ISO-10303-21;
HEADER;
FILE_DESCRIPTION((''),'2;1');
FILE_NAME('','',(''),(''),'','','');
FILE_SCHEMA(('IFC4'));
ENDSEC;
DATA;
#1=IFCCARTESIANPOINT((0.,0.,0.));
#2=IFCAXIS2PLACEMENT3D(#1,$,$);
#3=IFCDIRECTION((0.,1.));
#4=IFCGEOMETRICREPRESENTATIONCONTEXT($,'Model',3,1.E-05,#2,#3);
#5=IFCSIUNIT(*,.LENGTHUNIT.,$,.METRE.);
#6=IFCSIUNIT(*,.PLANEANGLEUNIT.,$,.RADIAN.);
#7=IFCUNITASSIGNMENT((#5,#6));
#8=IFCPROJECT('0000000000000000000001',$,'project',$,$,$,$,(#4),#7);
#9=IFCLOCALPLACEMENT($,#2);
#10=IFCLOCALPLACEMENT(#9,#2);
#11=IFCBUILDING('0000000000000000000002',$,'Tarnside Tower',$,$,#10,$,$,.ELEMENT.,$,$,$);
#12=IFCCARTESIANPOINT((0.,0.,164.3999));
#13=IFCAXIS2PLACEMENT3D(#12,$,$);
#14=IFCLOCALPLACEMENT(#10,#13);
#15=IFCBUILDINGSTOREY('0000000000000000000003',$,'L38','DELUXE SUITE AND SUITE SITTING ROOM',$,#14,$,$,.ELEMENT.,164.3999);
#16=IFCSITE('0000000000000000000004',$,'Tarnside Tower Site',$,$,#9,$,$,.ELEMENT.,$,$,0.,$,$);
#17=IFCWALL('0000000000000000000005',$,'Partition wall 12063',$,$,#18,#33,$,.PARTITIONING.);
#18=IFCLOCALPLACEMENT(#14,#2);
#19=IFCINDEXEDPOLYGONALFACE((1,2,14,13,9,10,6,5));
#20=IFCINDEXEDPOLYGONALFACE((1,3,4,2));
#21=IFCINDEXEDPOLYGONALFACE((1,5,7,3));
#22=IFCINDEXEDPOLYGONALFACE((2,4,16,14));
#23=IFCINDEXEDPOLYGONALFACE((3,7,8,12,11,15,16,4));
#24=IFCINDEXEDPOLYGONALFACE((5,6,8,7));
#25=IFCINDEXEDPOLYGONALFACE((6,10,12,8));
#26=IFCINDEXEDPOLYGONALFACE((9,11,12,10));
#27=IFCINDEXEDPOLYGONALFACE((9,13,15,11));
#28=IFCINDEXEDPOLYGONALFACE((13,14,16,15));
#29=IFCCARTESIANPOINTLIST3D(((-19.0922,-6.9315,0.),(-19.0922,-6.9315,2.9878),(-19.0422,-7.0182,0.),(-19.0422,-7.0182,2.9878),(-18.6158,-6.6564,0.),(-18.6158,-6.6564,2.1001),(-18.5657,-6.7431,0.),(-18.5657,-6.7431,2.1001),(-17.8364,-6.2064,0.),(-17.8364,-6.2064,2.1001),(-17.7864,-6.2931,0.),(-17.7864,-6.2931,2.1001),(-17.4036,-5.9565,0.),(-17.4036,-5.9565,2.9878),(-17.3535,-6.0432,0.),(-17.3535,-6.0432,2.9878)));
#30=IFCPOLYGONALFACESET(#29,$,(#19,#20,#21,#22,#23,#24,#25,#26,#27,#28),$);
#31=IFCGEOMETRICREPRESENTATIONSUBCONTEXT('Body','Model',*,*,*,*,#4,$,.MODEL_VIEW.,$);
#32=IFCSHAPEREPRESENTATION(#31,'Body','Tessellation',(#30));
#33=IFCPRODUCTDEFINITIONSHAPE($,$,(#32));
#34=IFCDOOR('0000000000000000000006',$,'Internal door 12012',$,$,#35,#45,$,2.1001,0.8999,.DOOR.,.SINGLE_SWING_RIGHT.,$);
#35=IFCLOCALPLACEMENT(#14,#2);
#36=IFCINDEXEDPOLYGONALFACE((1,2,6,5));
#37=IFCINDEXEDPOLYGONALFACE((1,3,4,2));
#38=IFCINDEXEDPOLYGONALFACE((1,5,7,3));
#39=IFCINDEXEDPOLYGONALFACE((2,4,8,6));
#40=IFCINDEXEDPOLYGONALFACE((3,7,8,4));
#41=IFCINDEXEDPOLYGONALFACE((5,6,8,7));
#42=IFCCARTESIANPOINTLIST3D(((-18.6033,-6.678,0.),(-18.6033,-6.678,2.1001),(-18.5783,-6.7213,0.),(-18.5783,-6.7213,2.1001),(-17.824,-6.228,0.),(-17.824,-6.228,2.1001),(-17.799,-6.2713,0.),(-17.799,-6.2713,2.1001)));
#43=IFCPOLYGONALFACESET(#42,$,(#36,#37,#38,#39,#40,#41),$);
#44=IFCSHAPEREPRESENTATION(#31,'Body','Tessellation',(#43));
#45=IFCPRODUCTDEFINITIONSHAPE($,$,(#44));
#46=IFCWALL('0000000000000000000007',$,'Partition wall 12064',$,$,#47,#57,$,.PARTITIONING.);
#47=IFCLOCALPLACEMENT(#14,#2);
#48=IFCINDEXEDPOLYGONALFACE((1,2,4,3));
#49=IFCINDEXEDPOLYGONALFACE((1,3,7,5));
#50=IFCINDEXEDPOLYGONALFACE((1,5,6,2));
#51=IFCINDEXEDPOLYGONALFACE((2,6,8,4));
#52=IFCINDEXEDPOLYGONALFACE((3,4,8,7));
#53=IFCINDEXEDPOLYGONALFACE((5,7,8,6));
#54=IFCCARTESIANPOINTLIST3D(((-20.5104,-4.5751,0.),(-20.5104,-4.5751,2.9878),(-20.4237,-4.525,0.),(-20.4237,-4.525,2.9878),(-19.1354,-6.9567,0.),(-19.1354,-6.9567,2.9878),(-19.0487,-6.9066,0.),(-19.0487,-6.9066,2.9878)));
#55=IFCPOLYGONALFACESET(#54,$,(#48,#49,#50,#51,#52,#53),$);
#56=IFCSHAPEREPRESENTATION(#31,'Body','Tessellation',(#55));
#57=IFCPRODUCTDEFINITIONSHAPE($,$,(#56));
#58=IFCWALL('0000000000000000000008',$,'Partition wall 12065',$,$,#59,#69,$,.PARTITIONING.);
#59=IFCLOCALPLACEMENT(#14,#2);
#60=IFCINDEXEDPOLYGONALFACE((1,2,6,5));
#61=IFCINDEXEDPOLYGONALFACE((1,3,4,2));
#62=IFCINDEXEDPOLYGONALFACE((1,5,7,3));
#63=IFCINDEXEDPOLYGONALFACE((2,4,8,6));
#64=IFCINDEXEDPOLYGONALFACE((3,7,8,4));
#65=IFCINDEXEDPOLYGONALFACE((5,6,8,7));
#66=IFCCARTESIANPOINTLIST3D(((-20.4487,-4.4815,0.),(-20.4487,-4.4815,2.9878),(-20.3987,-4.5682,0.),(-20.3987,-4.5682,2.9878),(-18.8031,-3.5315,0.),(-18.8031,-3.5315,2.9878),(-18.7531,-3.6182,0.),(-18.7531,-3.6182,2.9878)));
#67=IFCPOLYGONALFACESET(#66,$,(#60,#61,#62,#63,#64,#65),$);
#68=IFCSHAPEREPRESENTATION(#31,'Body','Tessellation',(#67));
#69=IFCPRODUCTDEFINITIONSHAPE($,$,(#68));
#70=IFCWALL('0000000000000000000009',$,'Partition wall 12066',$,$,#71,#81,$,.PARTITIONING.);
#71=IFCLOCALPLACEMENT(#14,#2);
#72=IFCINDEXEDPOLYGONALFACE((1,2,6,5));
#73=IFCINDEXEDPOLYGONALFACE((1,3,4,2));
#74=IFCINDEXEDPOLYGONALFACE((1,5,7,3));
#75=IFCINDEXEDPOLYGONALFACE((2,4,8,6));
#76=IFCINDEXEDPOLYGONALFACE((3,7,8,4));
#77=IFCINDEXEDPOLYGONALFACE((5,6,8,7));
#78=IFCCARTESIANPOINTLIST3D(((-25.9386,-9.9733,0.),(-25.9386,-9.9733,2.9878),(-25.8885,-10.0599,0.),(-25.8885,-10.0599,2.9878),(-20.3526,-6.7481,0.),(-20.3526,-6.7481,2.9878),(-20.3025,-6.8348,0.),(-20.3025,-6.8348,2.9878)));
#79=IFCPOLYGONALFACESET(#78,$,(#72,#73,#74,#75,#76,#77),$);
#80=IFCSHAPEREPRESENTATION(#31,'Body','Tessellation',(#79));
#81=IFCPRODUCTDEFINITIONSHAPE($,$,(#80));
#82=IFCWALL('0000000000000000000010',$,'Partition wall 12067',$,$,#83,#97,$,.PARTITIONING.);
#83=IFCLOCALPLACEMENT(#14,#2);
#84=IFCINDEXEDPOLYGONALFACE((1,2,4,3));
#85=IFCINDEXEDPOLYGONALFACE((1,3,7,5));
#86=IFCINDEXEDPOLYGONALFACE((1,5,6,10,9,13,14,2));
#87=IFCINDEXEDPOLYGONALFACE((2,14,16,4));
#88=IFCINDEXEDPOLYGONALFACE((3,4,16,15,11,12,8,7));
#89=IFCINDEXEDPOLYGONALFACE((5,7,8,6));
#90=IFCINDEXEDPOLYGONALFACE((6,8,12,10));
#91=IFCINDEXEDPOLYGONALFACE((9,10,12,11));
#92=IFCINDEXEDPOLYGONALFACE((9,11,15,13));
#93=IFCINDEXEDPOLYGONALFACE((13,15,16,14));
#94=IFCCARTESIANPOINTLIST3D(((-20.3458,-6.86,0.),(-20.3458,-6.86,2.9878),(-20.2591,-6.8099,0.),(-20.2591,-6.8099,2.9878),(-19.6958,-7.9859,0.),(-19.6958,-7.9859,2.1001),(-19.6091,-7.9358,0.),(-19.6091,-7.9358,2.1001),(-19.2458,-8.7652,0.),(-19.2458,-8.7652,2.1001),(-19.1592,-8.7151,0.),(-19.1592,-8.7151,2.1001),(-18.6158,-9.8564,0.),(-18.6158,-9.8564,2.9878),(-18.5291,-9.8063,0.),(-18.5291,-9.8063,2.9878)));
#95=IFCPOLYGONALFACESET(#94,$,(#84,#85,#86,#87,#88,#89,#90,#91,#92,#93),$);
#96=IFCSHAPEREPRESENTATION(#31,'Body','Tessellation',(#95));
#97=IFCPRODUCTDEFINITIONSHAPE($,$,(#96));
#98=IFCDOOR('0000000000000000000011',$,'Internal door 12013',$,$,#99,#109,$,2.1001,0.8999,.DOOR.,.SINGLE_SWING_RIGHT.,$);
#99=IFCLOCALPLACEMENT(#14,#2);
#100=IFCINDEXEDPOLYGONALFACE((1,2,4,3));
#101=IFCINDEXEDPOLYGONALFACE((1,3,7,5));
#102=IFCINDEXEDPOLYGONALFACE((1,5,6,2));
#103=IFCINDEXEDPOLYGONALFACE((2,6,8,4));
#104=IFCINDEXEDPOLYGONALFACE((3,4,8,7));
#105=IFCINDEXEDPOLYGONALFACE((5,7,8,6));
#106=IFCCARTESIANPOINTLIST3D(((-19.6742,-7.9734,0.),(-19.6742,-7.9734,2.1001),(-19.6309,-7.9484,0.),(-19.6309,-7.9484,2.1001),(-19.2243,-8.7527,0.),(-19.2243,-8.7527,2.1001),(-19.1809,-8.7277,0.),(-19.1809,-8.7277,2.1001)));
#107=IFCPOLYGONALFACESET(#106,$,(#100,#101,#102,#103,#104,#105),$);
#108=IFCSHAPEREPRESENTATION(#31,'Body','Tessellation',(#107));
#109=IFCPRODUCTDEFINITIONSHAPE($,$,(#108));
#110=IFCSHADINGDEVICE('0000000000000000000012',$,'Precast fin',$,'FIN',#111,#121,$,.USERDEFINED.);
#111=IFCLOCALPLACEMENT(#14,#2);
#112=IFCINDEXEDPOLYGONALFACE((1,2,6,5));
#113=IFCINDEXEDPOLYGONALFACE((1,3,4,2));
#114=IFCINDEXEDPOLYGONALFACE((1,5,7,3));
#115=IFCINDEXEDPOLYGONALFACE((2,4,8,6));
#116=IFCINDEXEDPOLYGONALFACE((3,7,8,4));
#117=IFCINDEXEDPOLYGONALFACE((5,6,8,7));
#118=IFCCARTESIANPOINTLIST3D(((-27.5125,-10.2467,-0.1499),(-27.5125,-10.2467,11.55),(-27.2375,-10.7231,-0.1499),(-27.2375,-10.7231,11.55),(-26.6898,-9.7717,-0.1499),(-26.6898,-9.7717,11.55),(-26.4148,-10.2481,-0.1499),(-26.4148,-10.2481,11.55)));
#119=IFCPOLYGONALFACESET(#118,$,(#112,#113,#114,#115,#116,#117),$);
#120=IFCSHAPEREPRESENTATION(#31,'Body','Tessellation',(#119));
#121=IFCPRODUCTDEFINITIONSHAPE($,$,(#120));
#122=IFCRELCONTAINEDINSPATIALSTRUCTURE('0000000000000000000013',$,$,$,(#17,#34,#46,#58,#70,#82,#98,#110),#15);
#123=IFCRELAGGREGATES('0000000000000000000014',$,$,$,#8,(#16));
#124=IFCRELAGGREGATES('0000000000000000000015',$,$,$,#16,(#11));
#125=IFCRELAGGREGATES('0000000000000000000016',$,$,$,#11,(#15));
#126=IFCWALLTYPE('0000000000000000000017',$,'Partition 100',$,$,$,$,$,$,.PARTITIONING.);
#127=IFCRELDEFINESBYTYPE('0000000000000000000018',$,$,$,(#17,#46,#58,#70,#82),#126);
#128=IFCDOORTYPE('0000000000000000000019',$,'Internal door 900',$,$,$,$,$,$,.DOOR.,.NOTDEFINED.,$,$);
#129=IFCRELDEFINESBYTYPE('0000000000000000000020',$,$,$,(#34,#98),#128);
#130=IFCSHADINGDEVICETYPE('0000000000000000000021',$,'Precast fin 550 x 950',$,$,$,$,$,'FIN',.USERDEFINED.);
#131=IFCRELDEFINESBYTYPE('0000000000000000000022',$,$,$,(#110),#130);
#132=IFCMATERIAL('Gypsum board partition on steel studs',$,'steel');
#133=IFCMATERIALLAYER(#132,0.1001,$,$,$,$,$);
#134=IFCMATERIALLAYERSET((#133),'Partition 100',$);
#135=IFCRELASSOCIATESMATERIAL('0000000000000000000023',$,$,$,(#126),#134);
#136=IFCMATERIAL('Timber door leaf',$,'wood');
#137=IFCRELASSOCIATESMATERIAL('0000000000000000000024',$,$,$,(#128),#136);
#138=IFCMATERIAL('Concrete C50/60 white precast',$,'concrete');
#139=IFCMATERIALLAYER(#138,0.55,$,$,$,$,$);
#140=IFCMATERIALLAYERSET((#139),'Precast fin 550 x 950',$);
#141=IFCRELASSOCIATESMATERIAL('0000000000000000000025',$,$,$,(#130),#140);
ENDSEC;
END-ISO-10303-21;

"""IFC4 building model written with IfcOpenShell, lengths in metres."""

from ifc_helpers import new_model, si_unit, direction, frame, frame_2d, origin, place, context, subcontext, project, spatial, polyline, rectangle, outline, extrude, material, layer, layer_set, type_object, element, fill, save


model = new_model("IFC4")

# Units and contexts
model_context = context("Model", 3, precision=1e-05, world=origin(), true_north=direction((0.0, 1.0)))
body_context = subcontext(model_context, "Body", "Model", "MODEL_VIEW")
ifc_project = project(units=[si_unit("LENGTHUNIT", "METRE"), si_unit("PLANEANGLEUNIT", "RADIAN")], contexts=[model_context])

# Site, building, storey
site_placement = place(None, origin())
site = spatial("IfcSite", under=ifc_project, at=site_placement, Name="Tarnside Tower Site", CompositionType="ELEMENT", RefElevation=0.0)
building_placement = place(site_placement, origin())
building = spatial("IfcBuilding", under=site, at=building_placement, Name="Tarnside Tower", CompositionType="ELEMENT")
storey_placement = place(building_placement, frame((0.0, 0.0, 164.3999)))
storey = spatial("IfcBuildingStorey", under=building, at=storey_placement, Name="L38", Description="DELUXE SUITE AND SUITE SITTING ROOM", CompositionType="ELEMENT", Elevation=164.3999)

# Shared definitions
ifc_material_1 = material(Name="Gypsum board partition on steel studs", Category="steel")

# Shared definitions
ifc_material_2 = material(Name="Timber door leaf", Category="wood")

# Wall, opening, door
ifc_layer_1 = layer(ifc_material_1, 0.1001)
ifc_layer_set_1 = layer_set([ifc_layer_1], Name="Partition 100")
wall_type_1 = type_object("IfcWallType", Name="Partition 100", PredefinedType="PARTITIONING", material=ifc_layer_set_1)
wall_1_placement = place(storey_placement, frame((-17.3784, -5.9998, 0.0), z_axis=(0.0, 0.0, 1.0), x_axis=(-0.866, -0.500044, 0.0)))
wall_1 = element("IfcWall", 1, at=wall_1_placement, inside=storey, type_object=wall_type_1, Name="Partition wall 12063", PredefinedType="PARTITIONING", context=body_context, shape_type="SweptSolid", body=[
    extrude(rectangle(XDim=1.95, YDim=0.1001, at=frame_2d((0.9751, 0.0))), origin(), (0.0, 0.0, 1.0), 2.9878),
])
opening_1_placement = place(wall_1_placement, frame((0.5, 0.0, 0.0)))
opening_1 = element("IfcOpeningElement", 2, at=opening_1_placement, cuts=wall_1, PredefinedType="OPENING", context=body_context, shape_type="SweptSolid", body=[
    extrude(rectangle(XDim=0.8999, YDim=2.1001, at=frame_2d((0.45, 1.05))), frame((0.0, 0.0601, 0.0), z_axis=(0.0, -1.0, 0.0), x_axis=(1.0, 0.0, 0.0)), (0.0, 0.0, 1.0), 0.1201),
])
door_type_1 = type_object("IfcDoorType", Name="Internal door 900", OperationType="NOTDEFINED", PredefinedType="DOOR", material=ifc_material_2)
door_1_placement = place(opening_1_placement, origin())
door_1 = element("IfcDoor", 3, at=door_1_placement, inside=storey, type_object=door_type_1, Name="Internal door 12012", OperationType="SINGLE_SWING_RIGHT", OverallHeight=2.1001, OverallWidth=0.8999, PredefinedType="DOOR", context=body_context, shape_type="SweptSolid", body=[
    extrude(rectangle(XDim=0.8999, YDim=2.1001, at=frame_2d((0.45, 1.05))), frame((0.0, 0.0249, 0.0), z_axis=(0.0, -1.0, 0.0), x_axis=(1.0, 0.0, 0.0)), (0.0, 0.0, 1.0), 0.05),
])
fill(opening_1, door_1)

# Walls
wall_2_placement = place(storey_placement, frame((-19.092, -6.9316, 0.0), z_axis=(0.0, 0.0, 1.0), x_axis=(-0.499997, 0.866027, 0.0)))
element("IfcWall", 4, at=wall_2_placement, inside=storey, type_object=wall_type_1, Name="Partition wall 12064", PredefinedType="PARTITIONING", context=body_context, shape_type="SweptSolid", body=[
    extrude(rectangle(XDim=2.75, YDim=0.1001, at=frame_2d((1.375, 0.0))), origin(), (0.0, 0.0, 1.0), 2.9878),
])
wall_3_placement = place(storey_placement, frame((-20.4238, -4.5249, 0.0), z_axis=(0.0, 0.0, 1.0), x_axis=(0.866044, 0.499967, 0.0)))
element("IfcWall", 5, at=wall_3_placement, inside=storey, type_object=wall_type_1, Name="Partition wall 12065", PredefinedType="PARTITIONING", context=body_context, shape_type="SweptSolid", body=[
    extrude(rectangle(XDim=1.9001, YDim=0.1001, at=frame_2d((0.9502, 0.0))), origin(), (0.0, 0.0, 1.0), 2.9878),
])
wall_4_placement = place(storey_placement, frame((-25.9136, -10.0166, 0.0), z_axis=(0.0, 0.0, 1.0), x_axis=(0.866022, 0.500006, 0.0)))
element("IfcWall", 6, at=wall_4_placement, inside=storey, type_object=wall_type_1, Name="Partition wall 12066", PredefinedType="PARTITIONING", context=body_context, shape_type="SweptSolid", body=[
    extrude(rectangle(XDim=6.4502, YDim=0.1001, at=frame_2d((3.2251, 0.0))), origin(), (0.0, 0.0, 1.0), 2.9878),
])

# Wall, opening, door
wall_5_placement = place(storey_placement, frame((-20.3025, -6.835, 0.0), z_axis=(0.0, 0.0, 1.0), x_axis=(0.50001, -0.86602, 0.0)))
wall_5 = element("IfcWall", 7, at=wall_5_placement, inside=storey, type_object=wall_type_1, Name="Partition wall 12067", PredefinedType="PARTITIONING", context=body_context, shape_type="SweptSolid", body=[
    extrude(rectangle(XDim=3.46, YDim=0.1001, at=frame_2d((1.73, 0.0))), origin(), (0.0, 0.0, 1.0), 2.9878),
])
opening_2_placement = place(wall_5_placement, frame((1.3, 0.0, 0.0)))
opening_2 = element("IfcOpeningElement", 8, at=opening_2_placement, cuts=wall_5, PredefinedType="OPENING", context=body_context, shape_type="SweptSolid", body=[
    extrude(rectangle(XDim=0.8999, YDim=2.1001, at=frame_2d((0.45, 1.05))), frame((0.0, 0.0601, 0.0), z_axis=(0.0, -1.0, 0.0), x_axis=(1.0, 0.0, 0.0)), (0.0, 0.0, 1.0), 0.1201),
])
door_2_placement = place(opening_2_placement, origin())
door_2 = element("IfcDoor", 9, at=door_2_placement, inside=storey, type_object=door_type_1, Name="Internal door 12013", OperationType="SINGLE_SWING_RIGHT", OverallHeight=2.1001, OverallWidth=0.8999, PredefinedType="DOOR", context=body_context, shape_type="SweptSolid", body=[
    extrude(rectangle(XDim=0.8999, YDim=2.1001, at=frame_2d((0.45, 1.05))), frame((0.0, 0.0249, 0.0), z_axis=(0.0, -1.0, 0.0), x_axis=(1.0, 0.0, 0.0)), (0.0, 0.0, 1.0), 0.05),
])
fill(opening_2, door_2)

# Shading device
ifc_material_3 = material(Name="Concrete C50/60 white precast", Category="concrete")
ifc_layer_2 = layer(ifc_material_3, 0.55)
ifc_layer_set_2 = layer_set([ifc_layer_2], Name="Precast fin 550 x 950")
shading_device_type = type_object("IfcShadingDeviceType", Name="Precast fin 550 x 950", ElementType="FIN", PredefinedType="USERDEFINED", material=ifc_layer_set_2)
shading_device_placement = place(storey_placement, frame((-26.5522, -10.01, -0.1499), z_axis=(-0.5, 0.866025, 0.0), x_axis=(-0.866025, -0.5, 0.0)))
element("IfcShadingDevice", 10, at=shading_device_placement, inside=storey, type_object=shading_device_type, Name="Precast fin", ObjectType="FIN", PredefinedType="USERDEFINED", context=body_context, shape_type="SweptSolid", body=[
    extrude(outline(polyline([(0.0, 0.0), (0.95, 0.0), (0.95, 11.7), (0.0, 11.7), (0.0, 0.0)])), frame((0.0, 0.0, -0.2749)), (0.0, 0.0, 1.0), 0.55),
])

save(model, "model.ifc")
